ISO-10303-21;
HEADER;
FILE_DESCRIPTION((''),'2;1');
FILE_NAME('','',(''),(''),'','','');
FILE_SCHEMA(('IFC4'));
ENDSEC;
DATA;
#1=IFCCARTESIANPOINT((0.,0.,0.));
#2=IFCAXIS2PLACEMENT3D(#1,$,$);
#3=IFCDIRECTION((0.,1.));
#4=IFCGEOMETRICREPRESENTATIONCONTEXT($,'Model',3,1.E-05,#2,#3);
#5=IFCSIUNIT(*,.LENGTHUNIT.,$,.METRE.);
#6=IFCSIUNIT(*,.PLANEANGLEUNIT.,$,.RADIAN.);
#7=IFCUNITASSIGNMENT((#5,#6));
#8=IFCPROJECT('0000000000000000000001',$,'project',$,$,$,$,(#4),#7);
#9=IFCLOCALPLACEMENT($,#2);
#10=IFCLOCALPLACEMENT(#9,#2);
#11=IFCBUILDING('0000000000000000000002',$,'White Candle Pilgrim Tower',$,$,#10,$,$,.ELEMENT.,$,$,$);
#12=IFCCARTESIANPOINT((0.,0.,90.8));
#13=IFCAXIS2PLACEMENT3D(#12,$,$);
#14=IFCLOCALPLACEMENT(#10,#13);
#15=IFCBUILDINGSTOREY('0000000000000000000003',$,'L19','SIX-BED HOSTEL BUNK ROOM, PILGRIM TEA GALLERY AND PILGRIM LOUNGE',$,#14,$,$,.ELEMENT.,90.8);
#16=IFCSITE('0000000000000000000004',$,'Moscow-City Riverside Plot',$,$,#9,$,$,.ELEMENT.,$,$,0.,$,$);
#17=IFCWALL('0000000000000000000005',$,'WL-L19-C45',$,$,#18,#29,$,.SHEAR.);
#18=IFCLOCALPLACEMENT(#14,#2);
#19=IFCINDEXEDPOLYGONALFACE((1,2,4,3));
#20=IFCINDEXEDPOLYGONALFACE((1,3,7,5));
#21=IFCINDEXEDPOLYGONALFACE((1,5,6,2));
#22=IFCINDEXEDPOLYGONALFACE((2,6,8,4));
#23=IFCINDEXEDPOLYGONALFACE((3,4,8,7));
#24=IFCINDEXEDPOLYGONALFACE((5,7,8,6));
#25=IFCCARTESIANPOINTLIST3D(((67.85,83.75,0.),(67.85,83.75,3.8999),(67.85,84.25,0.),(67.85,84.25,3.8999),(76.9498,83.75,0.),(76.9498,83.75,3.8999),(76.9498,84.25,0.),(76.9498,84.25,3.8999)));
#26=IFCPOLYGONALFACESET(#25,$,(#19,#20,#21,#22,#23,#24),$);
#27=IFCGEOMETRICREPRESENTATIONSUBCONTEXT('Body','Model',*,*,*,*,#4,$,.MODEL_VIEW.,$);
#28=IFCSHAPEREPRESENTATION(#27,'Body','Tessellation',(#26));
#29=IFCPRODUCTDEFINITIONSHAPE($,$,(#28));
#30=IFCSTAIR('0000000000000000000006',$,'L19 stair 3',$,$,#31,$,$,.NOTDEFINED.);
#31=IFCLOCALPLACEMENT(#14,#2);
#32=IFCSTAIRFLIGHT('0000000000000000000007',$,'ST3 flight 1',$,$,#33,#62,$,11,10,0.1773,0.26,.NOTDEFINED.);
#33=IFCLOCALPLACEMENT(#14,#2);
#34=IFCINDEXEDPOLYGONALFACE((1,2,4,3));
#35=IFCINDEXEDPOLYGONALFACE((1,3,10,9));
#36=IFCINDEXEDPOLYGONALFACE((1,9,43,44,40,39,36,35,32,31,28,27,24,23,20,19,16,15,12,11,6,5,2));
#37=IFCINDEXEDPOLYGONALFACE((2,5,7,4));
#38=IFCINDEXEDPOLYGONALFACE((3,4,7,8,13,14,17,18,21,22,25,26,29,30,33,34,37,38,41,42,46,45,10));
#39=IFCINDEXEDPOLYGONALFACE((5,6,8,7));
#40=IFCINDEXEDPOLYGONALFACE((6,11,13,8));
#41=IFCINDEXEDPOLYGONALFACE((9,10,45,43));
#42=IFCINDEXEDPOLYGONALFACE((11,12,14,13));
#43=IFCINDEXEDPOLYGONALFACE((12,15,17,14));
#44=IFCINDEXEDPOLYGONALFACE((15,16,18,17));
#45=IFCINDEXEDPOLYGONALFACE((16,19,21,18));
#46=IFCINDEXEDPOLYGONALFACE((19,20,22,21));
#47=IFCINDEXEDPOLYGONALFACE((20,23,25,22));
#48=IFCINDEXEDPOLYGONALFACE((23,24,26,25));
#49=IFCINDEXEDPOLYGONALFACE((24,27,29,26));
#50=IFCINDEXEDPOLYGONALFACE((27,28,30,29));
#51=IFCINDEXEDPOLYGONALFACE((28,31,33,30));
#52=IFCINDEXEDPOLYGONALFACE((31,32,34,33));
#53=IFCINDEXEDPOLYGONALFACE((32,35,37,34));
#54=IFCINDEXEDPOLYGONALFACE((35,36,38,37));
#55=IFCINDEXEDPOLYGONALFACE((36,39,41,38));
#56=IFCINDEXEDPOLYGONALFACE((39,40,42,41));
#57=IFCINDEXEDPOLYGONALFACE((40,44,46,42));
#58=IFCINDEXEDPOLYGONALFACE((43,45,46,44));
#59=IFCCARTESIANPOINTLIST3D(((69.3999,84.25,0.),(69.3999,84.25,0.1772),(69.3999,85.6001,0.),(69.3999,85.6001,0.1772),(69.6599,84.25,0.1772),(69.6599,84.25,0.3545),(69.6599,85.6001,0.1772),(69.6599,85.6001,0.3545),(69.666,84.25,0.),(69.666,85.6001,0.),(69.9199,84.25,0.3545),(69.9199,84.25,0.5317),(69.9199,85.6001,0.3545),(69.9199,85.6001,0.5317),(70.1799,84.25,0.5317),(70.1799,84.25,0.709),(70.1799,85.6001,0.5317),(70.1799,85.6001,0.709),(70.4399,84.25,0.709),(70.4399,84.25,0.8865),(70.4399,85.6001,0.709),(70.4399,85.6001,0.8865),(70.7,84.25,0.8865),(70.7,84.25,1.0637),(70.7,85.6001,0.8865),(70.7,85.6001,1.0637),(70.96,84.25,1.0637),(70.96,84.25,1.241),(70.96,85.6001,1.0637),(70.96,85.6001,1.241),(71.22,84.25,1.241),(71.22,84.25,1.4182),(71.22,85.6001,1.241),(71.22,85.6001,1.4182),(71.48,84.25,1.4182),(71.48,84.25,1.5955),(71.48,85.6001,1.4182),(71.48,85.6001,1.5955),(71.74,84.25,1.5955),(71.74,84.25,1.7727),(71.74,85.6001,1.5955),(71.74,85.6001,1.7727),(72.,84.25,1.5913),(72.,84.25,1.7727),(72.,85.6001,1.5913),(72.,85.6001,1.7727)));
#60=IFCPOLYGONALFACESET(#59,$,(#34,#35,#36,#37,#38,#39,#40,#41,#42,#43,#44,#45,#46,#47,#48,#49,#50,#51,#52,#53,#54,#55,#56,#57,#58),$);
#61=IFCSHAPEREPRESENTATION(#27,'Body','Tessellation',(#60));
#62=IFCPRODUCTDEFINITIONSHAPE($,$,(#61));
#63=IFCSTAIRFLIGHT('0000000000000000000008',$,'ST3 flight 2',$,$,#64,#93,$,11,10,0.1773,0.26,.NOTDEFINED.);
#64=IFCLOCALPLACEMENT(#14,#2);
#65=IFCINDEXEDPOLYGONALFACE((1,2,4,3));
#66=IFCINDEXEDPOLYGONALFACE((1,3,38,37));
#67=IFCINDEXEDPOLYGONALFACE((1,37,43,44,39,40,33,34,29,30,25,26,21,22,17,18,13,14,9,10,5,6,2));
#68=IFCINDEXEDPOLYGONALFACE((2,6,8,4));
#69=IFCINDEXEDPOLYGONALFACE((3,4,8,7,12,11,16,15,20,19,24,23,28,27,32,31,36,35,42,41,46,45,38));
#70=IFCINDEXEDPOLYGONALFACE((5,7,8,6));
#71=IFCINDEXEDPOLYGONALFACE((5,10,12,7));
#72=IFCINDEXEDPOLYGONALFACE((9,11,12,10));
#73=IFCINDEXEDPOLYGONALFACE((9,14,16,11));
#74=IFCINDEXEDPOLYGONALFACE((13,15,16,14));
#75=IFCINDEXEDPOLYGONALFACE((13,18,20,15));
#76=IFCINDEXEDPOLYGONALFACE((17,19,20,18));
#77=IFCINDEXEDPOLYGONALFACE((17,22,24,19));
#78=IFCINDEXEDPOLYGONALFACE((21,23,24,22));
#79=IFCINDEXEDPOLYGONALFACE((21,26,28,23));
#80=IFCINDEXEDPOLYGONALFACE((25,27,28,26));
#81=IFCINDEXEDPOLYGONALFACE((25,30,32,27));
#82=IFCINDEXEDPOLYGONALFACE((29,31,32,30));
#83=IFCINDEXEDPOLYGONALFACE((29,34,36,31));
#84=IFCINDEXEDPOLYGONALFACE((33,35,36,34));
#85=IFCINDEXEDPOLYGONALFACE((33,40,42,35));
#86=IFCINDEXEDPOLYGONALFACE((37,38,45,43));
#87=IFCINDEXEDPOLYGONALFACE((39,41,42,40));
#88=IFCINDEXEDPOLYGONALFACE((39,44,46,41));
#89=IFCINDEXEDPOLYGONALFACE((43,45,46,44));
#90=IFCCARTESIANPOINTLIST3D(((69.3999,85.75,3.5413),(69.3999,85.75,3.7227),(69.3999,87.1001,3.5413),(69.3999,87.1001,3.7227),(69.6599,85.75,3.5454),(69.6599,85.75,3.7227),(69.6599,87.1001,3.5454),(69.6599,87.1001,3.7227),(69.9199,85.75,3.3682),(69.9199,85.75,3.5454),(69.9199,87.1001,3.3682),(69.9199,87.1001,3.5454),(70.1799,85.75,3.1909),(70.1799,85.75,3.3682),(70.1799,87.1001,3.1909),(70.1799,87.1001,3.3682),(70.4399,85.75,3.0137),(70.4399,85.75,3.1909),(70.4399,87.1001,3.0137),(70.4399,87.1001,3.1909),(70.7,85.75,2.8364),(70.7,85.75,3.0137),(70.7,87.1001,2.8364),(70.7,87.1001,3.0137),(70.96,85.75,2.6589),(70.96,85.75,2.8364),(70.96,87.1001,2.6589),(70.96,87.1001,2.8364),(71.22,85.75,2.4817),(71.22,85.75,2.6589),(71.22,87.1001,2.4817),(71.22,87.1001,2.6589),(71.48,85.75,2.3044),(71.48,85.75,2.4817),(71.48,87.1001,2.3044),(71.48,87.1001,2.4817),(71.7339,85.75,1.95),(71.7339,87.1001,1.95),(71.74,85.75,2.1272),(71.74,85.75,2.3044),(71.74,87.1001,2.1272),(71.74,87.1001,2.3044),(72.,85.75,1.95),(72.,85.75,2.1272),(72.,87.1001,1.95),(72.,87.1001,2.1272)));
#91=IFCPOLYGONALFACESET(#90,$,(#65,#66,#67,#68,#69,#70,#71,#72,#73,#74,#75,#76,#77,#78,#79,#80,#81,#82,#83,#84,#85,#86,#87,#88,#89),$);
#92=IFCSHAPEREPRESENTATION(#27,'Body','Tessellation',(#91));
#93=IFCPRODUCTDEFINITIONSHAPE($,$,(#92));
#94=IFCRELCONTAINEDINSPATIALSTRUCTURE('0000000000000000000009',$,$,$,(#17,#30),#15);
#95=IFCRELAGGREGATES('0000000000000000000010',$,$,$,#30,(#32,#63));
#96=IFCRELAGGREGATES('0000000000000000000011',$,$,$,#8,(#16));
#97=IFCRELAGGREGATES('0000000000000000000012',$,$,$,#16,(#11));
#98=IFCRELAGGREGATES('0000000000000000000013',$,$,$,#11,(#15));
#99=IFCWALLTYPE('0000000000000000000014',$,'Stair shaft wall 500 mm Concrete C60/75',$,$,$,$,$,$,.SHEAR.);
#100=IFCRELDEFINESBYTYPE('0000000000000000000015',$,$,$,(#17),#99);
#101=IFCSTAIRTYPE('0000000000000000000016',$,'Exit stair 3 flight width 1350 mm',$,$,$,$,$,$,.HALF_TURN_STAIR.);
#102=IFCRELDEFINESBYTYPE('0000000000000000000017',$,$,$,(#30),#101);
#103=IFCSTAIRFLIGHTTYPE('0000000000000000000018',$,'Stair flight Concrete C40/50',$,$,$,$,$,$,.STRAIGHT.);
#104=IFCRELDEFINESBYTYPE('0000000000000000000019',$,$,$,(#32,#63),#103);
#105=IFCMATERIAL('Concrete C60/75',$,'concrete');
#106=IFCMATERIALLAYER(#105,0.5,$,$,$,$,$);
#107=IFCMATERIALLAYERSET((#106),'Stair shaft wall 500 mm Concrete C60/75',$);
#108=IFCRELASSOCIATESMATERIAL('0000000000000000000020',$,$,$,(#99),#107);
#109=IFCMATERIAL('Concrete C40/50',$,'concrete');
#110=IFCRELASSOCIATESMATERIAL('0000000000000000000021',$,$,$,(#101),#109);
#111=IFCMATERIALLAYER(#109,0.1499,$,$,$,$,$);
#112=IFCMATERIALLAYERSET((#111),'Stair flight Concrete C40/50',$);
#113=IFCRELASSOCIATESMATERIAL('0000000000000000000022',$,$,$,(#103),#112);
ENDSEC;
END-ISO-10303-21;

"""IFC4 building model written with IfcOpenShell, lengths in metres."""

from ifc_helpers import new_model, si_unit, direction, frame, frame_2d, origin, place, context, subcontext, project, spatial, polyline, rectangle, outline, extrude, material, layer, layer_set, type_object, element, aggregate, save


model = new_model("IFC4")

# Units and contexts
model_context = context("Model", 3, precision=1e-05, world=origin(), true_north=direction((0.0, 1.0)))
body_context = subcontext(model_context, "Body", "Model", "MODEL_VIEW")
ifc_project = project(units=[si_unit("LENGTHUNIT", "METRE"), si_unit("PLANEANGLEUNIT", "RADIAN")], contexts=[model_context])

# Site, building, storey
site_placement = place(None, origin())
site = spatial("IfcSite", under=ifc_project, at=site_placement, Name="Moscow-City Riverside Plot", CompositionType="ELEMENT", RefElevation=0.0)
building_placement = place(site_placement, origin())
building = spatial("IfcBuilding", under=site, at=building_placement, Name="White Candle Pilgrim Tower", CompositionType="ELEMENT")
storey_placement = place(building_placement, frame((0.0, 0.0, 90.8)))
storey = spatial("IfcBuildingStorey", under=building, at=storey_placement, Name="L19", Description="SIX-BED HOSTEL BUNK ROOM, PILGRIM TEA GALLERY AND PILGRIM LOUNGE", CompositionType="ELEMENT", Elevation=90.8)

# Shared definitions
ifc_material_1 = material(Name="Concrete C60/75", Category="concrete")

# Wall
ifc_layer_1 = layer(ifc_material_1, 0.5)
ifc_layer_set_1 = layer_set([ifc_layer_1], Name="Stair shaft wall 500 mm Concrete C60/75")
wall_type_1 = type_object("IfcWallType", Name="Stair shaft wall 500 mm Concrete C60/75", PredefinedType="SHEAR", material=ifc_layer_set_1)
wall_1_placement = place(storey_placement, frame((67.8501, 84.0, 0.0), z_axis=(0.0, 0.0, 1.0), x_axis=(1.0, 0.0, 0.0)))
element("IfcWall", 1, at=wall_1_placement, inside=storey, type_object=wall_type_1, Name="WL-L19-C45", PredefinedType="SHEAR", context=body_context, shape_type="SweptSolid", body=[
    extrude(rectangle(XDim=9.0999, YDim=0.5, at=frame_2d((4.5498, 0.0))), origin(), (0.0, 0.0, 1.0), 3.8999),
])

# Stair, stair flights
ifc_material_2 = material(Name="Concrete C40/50", Category="concrete")
stair_type = type_object("IfcStairType", Name="Exit stair 3 flight width 1350 mm", PredefinedType="HALF_TURN_STAIR", material=ifc_material_2)
stair_placement = place(storey_placement, origin())
stair = element("IfcStair", 2, at=stair_placement, inside=storey, type_object=stair_type, Name="L19 stair 3", PredefinedType="NOTDEFINED")
ifc_layer_2 = layer(ifc_material_2, 0.1499)
ifc_layer_set_2 = layer_set([ifc_layer_2], Name="Stair flight Concrete C40/50")
stair_flight_type = type_object("IfcStairFlightType", Name="Stair flight Concrete C40/50", PredefinedType="STRAIGHT", material=ifc_layer_set_2)
stair_flight_1_placement = place(storey_placement, frame((69.3999, 84.925, 0.0), z_axis=(0.0, 0.0, 1.0), x_axis=(1.0, 0.0, 0.0)))
stair_flight_1 = element("IfcStairFlight", 3, at=stair_flight_1_placement, type_object=stair_flight_type, Name="ST3 flight 1", NumberOfRisers=11, NumberOfTreads=10, PredefinedType="NOTDEFINED", RiserHeight=0.1773, TreadLength=0.26, context=body_context, shape_type="SweptSolid", body=[
    extrude(outline(polyline([(0.0, 0.0), (0.0, 0.1772), (0.26, 0.1772), (0.26, 0.3545), (0.52, 0.3545), (0.52, 0.5317), (0.78, 0.5317), (0.78, 0.709), (1.04, 0.709), (1.04, 0.8865), (1.3, 0.8865), (1.3, 1.0637), (1.5601, 1.0637), (1.5601, 1.241), (1.8201, 1.241), (1.8201, 1.4182), (2.0801, 1.4182), (2.0801, 1.5955), (2.3401, 1.5955), (2.3401, 1.7727), (2.6001, 1.7727), (2.6001, 1.95), (2.6001, 1.5913), (0.2661, 0.0), (0.0, 0.0)])), frame((0.0, 0.675, 0.0), z_axis=(0.0, -1.0, 0.0), x_axis=(1.0, 0.0, 0.0)), (0.0, 0.0, 1.0), 1.3501),
])
stair_flight_2_placement = place(storey_placement, frame((72.0, 86.425, 1.95), z_axis=(0.0, 0.0, 1.0), x_axis=(-1.0, 0.0, 0.0)))
stair_flight_2 = element("IfcStairFlight", 4, at=stair_flight_2_placement, type_object=stair_flight_type, Name="ST3 flight 2", NumberOfRisers=11, NumberOfTreads=10, PredefinedType="NOTDEFINED", RiserHeight=0.1773, TreadLength=0.26, context=body_context, shape_type="SweptSolid", body=[
    extrude(outline(polyline([(0.0, 0.0), (0.0, 0.1772), (0.26, 0.1772), (0.26, 0.3545), (0.52, 0.3545), (0.52, 0.5317), (0.78, 0.5317), (0.78, 0.709), (1.04, 0.709), (1.04, 0.8865), (1.3, 0.8865), (1.3, 1.0637), (1.5601, 1.0637), (1.5601, 1.241), (1.8201, 1.241), (1.8201, 1.4182), (2.0801, 1.4182), (2.0801, 1.5955), (2.3401, 1.5955), (2.3401, 1.7727), (2.6001, 1.7727), (2.6001, 1.95), (2.6001, 1.5913), (0.2661, 0.0), (0.0, 0.0)])), frame((0.0, 0.675, 0.0), z_axis=(0.0, -1.0, 0.0), x_axis=(1.0, 0.0, 0.0)), (0.0, 0.0, 1.0), 1.3501),
])
aggregate(stair, [stair_flight_1, stair_flight_2])

save(model, "model.ifc")
